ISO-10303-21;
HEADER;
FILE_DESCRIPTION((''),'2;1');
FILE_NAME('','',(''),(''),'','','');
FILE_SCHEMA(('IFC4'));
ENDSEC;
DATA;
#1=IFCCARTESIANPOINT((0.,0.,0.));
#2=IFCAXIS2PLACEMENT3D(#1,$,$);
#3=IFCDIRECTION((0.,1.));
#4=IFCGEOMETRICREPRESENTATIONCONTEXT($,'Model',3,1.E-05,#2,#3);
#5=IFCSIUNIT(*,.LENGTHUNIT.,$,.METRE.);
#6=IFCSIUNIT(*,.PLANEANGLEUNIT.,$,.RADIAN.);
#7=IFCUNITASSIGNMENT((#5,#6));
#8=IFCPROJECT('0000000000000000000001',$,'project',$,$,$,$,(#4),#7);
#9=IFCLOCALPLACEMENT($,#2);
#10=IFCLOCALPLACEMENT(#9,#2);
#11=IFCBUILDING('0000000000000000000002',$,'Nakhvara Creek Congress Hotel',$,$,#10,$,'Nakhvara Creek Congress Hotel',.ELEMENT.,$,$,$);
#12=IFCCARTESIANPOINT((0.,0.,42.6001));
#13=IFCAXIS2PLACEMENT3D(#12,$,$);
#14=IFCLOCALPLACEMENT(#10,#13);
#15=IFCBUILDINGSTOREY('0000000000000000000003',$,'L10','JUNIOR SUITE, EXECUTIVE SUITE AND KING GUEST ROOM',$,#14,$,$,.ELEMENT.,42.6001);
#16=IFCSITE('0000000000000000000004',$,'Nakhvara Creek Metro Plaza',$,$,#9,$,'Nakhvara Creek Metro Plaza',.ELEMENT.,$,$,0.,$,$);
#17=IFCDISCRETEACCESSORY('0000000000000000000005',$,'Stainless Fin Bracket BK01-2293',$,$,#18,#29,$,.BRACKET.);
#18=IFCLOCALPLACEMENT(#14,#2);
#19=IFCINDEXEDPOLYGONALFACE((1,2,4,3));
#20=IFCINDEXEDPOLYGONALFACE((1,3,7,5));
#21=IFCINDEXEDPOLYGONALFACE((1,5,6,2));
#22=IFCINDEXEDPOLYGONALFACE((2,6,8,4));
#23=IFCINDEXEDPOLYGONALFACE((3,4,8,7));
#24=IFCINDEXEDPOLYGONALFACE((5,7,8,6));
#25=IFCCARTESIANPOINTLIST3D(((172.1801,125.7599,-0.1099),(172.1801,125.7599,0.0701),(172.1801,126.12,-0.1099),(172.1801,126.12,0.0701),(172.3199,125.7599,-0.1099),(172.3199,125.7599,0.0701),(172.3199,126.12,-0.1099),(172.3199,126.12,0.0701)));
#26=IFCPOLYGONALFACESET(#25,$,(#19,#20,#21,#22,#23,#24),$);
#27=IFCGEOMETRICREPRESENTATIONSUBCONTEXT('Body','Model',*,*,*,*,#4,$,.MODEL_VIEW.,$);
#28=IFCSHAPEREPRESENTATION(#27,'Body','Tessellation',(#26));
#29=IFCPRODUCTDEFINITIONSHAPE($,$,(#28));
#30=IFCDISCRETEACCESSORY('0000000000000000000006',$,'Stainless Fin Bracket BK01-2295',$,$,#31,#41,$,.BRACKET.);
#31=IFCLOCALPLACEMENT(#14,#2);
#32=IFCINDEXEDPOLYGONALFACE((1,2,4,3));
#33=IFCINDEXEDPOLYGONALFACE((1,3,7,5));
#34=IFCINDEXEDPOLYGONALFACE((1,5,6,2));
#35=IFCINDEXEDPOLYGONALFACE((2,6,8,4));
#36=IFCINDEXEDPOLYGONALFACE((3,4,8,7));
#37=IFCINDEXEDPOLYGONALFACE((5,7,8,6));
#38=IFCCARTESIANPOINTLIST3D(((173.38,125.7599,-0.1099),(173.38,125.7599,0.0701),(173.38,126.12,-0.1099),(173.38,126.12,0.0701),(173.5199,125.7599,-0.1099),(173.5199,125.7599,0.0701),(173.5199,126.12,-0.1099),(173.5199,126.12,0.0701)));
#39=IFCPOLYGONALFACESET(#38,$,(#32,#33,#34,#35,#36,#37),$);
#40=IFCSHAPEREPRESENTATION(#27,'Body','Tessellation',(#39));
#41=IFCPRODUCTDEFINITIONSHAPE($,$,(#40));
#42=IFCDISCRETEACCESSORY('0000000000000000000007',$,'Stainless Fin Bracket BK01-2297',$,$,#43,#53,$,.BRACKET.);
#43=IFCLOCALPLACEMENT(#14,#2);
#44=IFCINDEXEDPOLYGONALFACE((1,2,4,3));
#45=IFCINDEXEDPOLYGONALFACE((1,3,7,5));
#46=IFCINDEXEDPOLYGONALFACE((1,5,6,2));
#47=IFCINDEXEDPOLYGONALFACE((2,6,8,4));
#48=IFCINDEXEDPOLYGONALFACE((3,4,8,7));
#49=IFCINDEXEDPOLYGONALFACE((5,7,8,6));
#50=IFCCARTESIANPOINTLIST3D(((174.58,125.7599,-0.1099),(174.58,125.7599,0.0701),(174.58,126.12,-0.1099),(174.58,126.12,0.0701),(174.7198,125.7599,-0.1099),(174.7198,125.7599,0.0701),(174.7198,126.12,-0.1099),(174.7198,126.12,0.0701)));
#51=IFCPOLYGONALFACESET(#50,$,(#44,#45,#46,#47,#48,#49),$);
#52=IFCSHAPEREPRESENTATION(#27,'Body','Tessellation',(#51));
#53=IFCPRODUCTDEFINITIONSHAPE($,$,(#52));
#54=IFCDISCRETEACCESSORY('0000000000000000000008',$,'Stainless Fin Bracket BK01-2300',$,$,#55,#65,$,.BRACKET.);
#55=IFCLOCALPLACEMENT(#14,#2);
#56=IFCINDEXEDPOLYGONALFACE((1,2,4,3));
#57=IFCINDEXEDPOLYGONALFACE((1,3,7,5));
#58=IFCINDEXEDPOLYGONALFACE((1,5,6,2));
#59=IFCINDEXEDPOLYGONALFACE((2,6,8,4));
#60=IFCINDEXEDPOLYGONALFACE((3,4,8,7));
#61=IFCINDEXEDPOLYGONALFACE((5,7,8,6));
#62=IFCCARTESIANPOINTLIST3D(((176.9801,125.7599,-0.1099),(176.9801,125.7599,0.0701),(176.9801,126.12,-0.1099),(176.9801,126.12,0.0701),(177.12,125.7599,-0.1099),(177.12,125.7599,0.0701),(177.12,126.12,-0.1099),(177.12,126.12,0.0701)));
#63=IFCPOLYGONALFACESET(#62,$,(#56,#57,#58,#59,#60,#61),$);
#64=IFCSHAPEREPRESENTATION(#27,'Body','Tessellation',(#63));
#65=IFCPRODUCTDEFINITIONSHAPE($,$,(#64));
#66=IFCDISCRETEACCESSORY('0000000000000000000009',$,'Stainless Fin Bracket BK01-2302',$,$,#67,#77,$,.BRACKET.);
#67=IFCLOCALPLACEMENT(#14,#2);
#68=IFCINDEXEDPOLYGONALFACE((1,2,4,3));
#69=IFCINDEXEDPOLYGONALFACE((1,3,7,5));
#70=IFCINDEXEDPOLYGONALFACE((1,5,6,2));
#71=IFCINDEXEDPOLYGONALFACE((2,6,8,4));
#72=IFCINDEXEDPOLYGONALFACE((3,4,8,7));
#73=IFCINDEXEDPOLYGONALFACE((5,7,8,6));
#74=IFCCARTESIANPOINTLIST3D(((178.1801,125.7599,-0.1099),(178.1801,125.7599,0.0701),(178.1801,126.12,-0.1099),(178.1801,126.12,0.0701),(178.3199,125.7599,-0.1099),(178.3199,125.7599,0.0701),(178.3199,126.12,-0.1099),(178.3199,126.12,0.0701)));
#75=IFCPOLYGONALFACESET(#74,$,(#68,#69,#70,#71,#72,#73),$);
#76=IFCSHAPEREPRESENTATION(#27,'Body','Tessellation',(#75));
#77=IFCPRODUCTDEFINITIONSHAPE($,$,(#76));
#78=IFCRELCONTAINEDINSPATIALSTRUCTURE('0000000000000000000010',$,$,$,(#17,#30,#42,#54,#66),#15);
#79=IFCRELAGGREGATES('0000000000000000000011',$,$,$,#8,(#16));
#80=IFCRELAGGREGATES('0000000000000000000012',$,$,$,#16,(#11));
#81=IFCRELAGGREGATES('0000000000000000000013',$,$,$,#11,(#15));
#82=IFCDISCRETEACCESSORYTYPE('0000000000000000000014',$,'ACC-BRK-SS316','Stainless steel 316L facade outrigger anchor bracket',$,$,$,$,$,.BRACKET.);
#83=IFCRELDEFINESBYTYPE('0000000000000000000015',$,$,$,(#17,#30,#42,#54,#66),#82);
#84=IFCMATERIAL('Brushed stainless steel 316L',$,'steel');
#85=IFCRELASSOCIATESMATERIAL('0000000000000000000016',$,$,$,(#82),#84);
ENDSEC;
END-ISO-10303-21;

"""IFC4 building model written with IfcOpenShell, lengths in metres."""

from ifc_helpers import new_model, si_unit, direction, frame, origin, origin_2d, place, context, subcontext, project, spatial, rectangle, extrude, material, type_object, element, save


model = new_model("IFC4")

# Units and contexts
model_context = context("Model", 3, precision=1e-05, world=origin(), true_north=direction((0.0, 1.0)))
body_context = subcontext(model_context, "Body", "Model", "MODEL_VIEW")
ifc_project = project(units=[si_unit("LENGTHUNIT", "METRE"), si_unit("PLANEANGLEUNIT", "RADIAN")], contexts=[model_context])

# Site, building, storey
site_placement = place(None, origin())
site = spatial("IfcSite", under=ifc_project, at=site_placement, Name="Nakhvara Creek Metro Plaza", LongName="Nakhvara Creek Metro Plaza", CompositionType="ELEMENT", RefElevation=0.0)
building_placement = place(site_placement, origin())
building = spatial("IfcBuilding", under=site, at=building_placement, Name="Nakhvara Creek Congress Hotel", LongName="Nakhvara Creek Congress Hotel", CompositionType="ELEMENT")
storey_placement = place(building_placement, frame((0.0, 0.0, 42.6001)))
storey = spatial("IfcBuildingStorey", under=building, at=storey_placement, Name="L10", Description="JUNIOR SUITE, EXECUTIVE SUITE AND KING GUEST ROOM", CompositionType="ELEMENT", Elevation=42.6001)

# Discrete accessories
ifc_material_1 = material(Name="Brushed stainless steel 316L", Category="steel")
discrete_accessory_type = type_object("IfcDiscreteAccessoryType", Name="ACC-BRK-SS316", Description="Stainless steel 316L facade outrigger anchor bracket", PredefinedType="BRACKET", material=ifc_material_1)
for number, where, z_axis, x_axis, name in (
    (1, (172.25, 125.9399, -0.1099), (0.0, 0.0, 1.0), (1.0, 0.0, 0.0), "Stainless Fin Bracket BK01-2293"),
    (2, (173.45, 125.9399, -0.1099), (0.0, 0.0, 1.0), (1.0, 0.0, 0.0), "Stainless Fin Bracket BK01-2295"),
    (3, (174.6499, 125.9399, -0.1099), (0.0, 0.0, 1.0), (1.0, 0.0, 0.0), "Stainless Fin Bracket BK01-2297"),
    (4, (177.05, 125.9399, -0.1099), (0.0, 0.0, 1.0), (1.0, 0.0, 0.0), "Stainless Fin Bracket BK01-2300"),
    (5, (178.25, 125.9399, -0.1099), (0.0, 0.0, 1.0), (1.0, 0.0, 0.0), "Stainless Fin Bracket BK01-2302"),
):
    element("IfcDiscreteAccessory", number, at=place(storey_placement, frame(where, z_axis=z_axis, x_axis=x_axis)), inside=storey, type_object=discrete_accessory_type, Name=name, PredefinedType="BRACKET", context=body_context, shape_type="SweptSolid", body=[
        extrude(rectangle(XDim=0.1399, YDim=0.3601, at=origin_2d()), origin(), (0.0, 0.0, 1.0), 0.1799),
    ])

save(model, "model.ifc")
